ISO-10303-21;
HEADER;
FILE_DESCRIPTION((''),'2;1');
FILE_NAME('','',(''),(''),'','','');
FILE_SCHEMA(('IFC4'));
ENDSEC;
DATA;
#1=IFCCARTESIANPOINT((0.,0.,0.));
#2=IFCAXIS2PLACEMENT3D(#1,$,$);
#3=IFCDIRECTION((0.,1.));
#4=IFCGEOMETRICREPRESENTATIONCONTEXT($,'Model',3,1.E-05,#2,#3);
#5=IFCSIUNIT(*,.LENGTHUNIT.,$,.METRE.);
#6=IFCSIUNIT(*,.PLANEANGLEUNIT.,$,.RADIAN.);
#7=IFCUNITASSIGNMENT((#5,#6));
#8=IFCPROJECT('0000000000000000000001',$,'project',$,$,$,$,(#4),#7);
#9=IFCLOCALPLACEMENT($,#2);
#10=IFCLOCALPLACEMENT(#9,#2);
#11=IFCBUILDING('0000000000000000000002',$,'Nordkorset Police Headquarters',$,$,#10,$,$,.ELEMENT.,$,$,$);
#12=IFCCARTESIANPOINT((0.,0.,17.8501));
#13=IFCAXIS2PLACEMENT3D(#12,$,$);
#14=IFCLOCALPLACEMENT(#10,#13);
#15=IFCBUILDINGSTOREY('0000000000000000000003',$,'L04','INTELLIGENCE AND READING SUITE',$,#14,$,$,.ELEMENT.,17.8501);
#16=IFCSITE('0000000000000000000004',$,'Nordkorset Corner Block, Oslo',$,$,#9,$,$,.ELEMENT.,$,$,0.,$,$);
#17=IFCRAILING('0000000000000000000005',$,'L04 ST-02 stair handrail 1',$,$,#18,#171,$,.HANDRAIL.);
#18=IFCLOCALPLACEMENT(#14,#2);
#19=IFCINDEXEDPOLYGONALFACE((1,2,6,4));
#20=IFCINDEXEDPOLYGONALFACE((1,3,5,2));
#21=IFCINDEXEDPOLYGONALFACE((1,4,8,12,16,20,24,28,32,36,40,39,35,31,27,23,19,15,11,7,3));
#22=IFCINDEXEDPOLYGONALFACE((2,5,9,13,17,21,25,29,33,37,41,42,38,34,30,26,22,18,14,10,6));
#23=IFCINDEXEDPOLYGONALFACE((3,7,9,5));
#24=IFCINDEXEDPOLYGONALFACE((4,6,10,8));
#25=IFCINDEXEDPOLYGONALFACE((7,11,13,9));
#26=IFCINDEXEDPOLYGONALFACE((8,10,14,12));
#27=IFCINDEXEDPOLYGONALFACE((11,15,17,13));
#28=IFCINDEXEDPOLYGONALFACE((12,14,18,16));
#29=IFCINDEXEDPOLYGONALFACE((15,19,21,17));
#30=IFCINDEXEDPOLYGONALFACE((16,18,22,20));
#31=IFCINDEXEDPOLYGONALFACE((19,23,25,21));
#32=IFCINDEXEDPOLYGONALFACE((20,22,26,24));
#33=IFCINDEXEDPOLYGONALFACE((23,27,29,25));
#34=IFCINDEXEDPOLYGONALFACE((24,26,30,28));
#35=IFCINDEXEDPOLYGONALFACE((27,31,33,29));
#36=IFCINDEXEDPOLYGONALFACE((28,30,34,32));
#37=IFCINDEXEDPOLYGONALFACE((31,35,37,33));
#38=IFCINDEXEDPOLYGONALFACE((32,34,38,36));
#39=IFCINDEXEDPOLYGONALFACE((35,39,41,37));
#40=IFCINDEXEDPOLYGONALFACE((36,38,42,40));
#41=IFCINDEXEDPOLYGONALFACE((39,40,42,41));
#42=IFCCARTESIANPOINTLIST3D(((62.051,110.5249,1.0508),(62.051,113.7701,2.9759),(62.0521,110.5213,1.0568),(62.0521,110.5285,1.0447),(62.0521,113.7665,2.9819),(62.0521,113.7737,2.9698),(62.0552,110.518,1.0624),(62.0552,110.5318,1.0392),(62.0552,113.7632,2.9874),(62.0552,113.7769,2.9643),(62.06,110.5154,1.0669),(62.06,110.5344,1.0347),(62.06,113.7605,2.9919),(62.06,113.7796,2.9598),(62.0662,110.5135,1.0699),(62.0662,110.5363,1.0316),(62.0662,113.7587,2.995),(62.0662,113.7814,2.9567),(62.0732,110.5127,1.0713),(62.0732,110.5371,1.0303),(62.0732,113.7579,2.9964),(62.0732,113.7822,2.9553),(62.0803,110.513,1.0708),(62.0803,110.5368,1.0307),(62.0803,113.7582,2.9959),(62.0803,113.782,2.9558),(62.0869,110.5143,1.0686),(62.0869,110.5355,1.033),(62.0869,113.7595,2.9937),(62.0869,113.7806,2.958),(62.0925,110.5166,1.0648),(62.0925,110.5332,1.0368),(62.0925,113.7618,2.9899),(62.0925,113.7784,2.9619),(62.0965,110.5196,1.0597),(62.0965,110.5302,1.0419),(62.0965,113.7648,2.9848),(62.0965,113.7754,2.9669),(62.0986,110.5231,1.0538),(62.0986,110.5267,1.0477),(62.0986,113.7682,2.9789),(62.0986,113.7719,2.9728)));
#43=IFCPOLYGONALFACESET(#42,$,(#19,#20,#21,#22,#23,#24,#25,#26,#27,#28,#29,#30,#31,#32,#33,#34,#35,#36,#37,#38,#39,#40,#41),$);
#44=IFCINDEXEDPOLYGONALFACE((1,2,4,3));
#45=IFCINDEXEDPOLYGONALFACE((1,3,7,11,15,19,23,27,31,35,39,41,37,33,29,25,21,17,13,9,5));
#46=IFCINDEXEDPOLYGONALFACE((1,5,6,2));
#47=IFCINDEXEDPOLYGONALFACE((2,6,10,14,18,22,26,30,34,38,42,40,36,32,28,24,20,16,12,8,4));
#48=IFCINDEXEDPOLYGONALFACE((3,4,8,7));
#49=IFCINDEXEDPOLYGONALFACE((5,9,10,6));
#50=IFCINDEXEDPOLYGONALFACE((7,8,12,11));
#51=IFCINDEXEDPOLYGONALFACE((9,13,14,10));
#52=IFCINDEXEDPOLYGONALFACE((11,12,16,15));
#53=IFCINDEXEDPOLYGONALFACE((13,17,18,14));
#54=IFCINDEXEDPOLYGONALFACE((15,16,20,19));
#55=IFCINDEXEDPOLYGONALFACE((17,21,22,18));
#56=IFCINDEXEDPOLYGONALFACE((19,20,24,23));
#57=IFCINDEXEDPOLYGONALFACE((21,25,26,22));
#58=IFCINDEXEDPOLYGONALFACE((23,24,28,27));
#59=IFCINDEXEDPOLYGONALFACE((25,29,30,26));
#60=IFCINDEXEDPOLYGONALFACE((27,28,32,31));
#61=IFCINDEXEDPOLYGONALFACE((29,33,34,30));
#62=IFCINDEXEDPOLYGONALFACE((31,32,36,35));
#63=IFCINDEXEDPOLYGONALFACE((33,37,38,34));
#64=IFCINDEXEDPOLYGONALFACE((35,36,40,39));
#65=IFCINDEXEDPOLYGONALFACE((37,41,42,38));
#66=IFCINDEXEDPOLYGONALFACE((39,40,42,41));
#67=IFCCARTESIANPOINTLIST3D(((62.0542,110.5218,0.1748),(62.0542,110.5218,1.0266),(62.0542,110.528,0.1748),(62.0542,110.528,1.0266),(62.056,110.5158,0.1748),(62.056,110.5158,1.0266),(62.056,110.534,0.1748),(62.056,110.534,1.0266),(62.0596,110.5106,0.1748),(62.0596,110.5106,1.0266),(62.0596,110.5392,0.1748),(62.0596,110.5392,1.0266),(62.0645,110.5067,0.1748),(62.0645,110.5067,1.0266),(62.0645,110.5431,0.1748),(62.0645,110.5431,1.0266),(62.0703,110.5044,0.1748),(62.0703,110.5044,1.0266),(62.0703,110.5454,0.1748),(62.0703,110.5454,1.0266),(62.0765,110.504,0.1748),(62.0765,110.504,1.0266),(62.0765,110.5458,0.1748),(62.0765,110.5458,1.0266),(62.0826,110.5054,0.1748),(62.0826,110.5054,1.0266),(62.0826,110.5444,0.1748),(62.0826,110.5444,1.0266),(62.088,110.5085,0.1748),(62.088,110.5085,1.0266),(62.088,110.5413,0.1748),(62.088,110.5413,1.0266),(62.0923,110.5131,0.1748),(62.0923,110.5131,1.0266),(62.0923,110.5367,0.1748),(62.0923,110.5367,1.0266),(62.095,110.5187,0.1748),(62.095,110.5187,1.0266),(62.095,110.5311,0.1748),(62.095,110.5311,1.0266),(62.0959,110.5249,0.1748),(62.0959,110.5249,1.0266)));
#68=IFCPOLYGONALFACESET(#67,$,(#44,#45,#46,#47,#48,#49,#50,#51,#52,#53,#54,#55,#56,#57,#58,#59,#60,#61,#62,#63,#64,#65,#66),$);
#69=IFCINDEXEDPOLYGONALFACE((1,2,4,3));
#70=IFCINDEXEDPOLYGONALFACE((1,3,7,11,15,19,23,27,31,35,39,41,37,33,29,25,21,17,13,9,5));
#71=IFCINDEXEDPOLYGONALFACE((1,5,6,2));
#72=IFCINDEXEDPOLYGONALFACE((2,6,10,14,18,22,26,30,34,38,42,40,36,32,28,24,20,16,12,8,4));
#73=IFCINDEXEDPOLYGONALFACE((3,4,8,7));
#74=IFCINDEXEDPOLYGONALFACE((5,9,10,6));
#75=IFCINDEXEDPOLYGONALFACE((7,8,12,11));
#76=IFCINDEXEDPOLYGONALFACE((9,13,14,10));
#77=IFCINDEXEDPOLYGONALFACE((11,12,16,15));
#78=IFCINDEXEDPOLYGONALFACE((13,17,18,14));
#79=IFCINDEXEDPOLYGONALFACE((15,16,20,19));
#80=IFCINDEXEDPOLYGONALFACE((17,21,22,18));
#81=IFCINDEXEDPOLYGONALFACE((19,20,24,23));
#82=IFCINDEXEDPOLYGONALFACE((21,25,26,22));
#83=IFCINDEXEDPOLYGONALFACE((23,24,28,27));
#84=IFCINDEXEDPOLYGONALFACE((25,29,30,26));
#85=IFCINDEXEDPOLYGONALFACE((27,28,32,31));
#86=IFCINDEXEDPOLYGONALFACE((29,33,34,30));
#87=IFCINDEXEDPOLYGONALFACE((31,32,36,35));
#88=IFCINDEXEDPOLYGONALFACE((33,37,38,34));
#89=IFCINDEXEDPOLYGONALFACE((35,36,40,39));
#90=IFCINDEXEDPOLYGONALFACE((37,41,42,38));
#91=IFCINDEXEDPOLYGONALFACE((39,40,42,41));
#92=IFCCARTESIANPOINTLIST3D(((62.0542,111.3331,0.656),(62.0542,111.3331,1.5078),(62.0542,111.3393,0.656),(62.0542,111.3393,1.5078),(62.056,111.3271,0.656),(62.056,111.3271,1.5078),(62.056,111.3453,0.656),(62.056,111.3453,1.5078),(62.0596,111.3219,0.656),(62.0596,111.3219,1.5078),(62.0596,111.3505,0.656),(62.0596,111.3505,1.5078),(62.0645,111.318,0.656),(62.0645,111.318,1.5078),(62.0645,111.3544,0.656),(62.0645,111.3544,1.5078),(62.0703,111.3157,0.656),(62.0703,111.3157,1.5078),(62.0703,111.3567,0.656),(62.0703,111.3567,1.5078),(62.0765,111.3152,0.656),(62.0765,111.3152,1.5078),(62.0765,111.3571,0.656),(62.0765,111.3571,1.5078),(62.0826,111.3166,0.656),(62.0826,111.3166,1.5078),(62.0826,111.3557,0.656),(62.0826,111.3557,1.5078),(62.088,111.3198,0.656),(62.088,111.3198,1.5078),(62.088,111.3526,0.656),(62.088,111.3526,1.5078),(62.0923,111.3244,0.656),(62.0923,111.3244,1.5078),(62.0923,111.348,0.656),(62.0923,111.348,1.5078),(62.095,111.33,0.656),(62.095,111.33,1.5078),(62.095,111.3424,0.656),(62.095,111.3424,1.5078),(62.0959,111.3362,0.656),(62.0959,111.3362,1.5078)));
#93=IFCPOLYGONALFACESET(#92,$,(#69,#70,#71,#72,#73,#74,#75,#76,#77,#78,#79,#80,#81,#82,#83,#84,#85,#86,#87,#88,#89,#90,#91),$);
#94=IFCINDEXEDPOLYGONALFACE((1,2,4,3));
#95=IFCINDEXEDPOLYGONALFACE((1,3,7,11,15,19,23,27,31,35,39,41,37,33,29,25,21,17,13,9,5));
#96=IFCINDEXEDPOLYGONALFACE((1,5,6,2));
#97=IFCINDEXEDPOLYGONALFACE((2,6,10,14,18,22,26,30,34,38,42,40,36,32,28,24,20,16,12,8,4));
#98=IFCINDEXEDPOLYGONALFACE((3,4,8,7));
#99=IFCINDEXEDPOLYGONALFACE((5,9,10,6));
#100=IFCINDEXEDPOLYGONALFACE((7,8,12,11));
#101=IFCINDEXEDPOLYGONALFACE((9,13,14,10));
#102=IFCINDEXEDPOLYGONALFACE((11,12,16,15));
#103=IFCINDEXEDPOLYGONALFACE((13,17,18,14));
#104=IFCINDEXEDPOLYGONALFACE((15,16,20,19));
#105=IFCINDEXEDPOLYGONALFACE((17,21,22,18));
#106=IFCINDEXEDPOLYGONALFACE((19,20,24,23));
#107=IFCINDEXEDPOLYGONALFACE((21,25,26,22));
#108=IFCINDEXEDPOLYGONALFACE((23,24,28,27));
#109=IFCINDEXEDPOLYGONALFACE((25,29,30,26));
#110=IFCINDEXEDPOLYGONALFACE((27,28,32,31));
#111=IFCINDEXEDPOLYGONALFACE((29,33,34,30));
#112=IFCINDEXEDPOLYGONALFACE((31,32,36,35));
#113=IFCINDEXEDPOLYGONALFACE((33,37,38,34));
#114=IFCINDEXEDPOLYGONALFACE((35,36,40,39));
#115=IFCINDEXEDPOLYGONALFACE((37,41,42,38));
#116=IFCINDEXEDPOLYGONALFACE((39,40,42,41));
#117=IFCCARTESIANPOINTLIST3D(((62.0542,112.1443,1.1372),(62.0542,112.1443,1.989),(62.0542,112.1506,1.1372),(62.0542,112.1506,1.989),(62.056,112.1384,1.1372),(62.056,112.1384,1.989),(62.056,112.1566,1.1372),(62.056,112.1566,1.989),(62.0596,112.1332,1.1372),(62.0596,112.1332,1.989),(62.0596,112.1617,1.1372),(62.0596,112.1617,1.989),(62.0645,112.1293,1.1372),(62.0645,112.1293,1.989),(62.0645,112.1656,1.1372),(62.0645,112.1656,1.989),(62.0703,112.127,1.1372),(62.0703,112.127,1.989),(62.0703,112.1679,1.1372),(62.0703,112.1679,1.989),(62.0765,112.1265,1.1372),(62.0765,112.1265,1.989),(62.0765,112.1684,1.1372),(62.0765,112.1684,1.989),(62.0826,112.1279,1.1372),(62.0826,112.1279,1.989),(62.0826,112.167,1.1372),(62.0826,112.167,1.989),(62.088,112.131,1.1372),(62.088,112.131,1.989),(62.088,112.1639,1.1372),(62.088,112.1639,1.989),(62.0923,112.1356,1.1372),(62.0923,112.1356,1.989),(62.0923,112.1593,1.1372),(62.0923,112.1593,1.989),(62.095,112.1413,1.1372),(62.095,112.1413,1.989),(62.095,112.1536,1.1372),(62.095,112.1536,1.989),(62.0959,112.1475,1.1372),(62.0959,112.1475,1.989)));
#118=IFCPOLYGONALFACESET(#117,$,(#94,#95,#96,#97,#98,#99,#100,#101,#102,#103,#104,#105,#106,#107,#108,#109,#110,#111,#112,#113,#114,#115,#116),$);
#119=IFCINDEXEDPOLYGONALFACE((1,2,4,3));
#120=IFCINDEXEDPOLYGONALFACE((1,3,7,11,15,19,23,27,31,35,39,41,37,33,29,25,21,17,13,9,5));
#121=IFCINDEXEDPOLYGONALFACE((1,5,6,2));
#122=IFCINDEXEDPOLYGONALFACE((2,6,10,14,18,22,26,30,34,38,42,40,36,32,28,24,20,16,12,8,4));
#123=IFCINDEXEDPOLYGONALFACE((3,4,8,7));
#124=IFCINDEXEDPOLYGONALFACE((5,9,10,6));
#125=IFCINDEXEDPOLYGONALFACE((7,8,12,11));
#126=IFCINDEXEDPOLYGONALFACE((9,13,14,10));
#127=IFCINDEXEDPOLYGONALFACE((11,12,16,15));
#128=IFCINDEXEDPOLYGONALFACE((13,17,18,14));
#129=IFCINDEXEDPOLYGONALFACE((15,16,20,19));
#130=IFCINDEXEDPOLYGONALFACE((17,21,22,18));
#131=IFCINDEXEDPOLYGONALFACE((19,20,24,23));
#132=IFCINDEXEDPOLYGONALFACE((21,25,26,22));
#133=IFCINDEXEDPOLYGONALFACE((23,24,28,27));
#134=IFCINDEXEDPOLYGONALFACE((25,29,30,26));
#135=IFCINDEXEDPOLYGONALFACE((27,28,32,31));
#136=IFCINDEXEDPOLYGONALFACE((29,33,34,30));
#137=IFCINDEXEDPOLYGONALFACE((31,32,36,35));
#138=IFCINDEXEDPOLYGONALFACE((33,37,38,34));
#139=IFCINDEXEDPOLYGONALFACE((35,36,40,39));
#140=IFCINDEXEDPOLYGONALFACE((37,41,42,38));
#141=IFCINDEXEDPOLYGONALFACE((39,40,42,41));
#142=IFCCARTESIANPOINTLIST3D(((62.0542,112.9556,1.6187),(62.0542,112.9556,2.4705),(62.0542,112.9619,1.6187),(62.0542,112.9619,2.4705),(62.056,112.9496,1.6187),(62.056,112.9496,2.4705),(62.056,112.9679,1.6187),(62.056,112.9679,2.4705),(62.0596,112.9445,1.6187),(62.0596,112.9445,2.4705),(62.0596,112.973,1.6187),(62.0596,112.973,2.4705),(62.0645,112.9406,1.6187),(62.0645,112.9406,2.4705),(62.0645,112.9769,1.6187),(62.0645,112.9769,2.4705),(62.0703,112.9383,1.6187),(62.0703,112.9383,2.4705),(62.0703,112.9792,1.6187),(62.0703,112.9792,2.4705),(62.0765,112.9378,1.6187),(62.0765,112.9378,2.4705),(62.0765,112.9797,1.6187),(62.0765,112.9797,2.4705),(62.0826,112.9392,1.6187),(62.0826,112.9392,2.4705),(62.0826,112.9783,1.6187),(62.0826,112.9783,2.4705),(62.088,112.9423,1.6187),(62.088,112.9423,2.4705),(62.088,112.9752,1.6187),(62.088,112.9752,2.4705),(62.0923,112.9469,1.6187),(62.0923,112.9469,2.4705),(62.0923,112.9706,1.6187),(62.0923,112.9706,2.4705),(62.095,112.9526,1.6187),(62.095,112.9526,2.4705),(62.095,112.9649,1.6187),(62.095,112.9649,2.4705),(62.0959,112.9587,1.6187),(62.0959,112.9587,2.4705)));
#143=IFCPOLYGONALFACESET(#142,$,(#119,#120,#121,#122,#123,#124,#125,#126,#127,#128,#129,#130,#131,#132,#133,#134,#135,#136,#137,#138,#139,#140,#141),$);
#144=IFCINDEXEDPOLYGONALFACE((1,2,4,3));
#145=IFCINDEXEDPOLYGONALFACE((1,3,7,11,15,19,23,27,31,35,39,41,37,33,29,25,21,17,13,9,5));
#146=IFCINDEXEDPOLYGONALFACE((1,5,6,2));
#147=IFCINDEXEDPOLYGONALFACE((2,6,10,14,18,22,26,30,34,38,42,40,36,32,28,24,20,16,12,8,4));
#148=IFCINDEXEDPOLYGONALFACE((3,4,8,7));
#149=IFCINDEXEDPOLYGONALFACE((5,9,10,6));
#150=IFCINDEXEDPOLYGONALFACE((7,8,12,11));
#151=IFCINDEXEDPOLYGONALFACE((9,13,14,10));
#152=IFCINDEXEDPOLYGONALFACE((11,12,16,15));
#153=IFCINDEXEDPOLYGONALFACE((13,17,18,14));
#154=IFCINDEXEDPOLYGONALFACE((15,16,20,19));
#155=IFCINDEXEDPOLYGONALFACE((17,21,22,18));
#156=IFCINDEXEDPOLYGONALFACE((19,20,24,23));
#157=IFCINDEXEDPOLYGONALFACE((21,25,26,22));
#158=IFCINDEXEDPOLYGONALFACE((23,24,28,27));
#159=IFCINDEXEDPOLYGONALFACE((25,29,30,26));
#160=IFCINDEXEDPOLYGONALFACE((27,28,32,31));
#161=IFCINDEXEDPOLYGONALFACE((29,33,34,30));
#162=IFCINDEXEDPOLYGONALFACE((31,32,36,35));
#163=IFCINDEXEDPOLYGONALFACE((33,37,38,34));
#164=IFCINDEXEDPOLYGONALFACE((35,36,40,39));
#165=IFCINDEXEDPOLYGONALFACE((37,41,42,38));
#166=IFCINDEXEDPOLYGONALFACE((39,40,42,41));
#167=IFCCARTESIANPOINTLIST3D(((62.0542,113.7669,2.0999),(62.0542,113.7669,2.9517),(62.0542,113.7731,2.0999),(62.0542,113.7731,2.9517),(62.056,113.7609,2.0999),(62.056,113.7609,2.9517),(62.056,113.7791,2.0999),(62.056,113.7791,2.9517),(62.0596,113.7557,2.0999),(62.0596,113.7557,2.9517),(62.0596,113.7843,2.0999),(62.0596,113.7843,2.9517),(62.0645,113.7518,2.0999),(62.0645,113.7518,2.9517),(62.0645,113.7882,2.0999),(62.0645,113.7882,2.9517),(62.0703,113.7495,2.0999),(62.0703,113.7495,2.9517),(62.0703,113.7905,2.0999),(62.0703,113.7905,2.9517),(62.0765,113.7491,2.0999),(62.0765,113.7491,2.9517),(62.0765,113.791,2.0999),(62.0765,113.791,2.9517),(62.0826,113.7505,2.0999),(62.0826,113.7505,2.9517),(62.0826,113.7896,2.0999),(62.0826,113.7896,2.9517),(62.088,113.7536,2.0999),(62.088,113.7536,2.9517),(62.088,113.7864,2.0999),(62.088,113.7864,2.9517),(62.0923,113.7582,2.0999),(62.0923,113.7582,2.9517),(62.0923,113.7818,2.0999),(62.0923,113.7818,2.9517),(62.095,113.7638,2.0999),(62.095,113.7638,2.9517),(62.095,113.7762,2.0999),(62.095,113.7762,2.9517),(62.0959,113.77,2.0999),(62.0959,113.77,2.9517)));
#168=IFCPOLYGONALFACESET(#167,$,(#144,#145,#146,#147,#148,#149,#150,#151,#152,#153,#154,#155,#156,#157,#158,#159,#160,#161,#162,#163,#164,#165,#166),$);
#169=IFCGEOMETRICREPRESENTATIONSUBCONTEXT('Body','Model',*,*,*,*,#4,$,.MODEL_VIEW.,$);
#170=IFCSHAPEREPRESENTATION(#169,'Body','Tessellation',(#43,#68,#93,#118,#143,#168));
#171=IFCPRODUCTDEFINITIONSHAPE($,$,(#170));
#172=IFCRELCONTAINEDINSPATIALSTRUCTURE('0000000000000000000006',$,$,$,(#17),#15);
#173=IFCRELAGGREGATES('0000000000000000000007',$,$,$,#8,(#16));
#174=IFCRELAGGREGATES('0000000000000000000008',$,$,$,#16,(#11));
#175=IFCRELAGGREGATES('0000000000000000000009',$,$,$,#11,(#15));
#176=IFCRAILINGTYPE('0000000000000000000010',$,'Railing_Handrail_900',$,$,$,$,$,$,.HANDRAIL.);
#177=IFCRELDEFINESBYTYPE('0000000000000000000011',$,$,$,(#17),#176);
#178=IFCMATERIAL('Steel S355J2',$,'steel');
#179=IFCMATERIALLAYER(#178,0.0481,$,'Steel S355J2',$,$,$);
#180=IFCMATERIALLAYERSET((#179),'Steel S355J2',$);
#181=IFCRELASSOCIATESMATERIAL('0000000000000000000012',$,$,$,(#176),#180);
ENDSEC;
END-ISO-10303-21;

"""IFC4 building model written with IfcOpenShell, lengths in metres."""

from ifc_helpers import new_model, si_unit, direction, frame, origin, origin_2d, place, context, subcontext, project, spatial, circle, extrude, material, layer, layer_set, type_object, element, save


model = new_model("IFC4")

# Units and contexts
model_context = context("Model", 3, precision=1e-05, world=origin(), true_north=direction((0.0, 1.0)))
body_context = subcontext(model_context, "Body", "Model", "MODEL_VIEW")
ifc_project = project(units=[si_unit("LENGTHUNIT", "METRE"), si_unit("PLANEANGLEUNIT", "RADIAN")], contexts=[model_context])

# Site, building, storey
site_placement = place(None, origin())
site = spatial("IfcSite", under=ifc_project, at=site_placement, Name="Nordkorset Corner Block, Oslo", CompositionType="ELEMENT", RefElevation=0.0)
building_placement = place(site_placement, origin())
building = spatial("IfcBuilding", under=site, at=building_placement, Name="Nordkorset Police Headquarters", CompositionType="ELEMENT")
storey_placement = place(building_placement, frame((0.0, 0.0, 17.8501)))
storey = spatial("IfcBuildingStorey", under=building, at=storey_placement, Name="L04", Description="INTELLIGENCE AND READING SUITE", CompositionType="ELEMENT", Elevation=17.8501)

# Railing
ifc_material_1 = material(Name="Steel S355J2", Category="steel")
ifc_layer_1 = layer(ifc_material_1, 0.0481, Name="Steel S355J2")
ifc_layer_set_1 = layer_set([ifc_layer_1], Name="Steel S355J2")
railing_type_1 = type_object("IfcRailingType", Name="Railing_Handrail_900", PredefinedType="HANDRAIL", material=ifc_layer_set_1)
railing_1_placement = place(storey_placement, frame((62.075, 110.5249, 0.1748)))
element("IfcRailing", 1, at=railing_1_placement, inside=storey, type_object=railing_type_1, Name="L04 ST-02 stair handrail 1", PredefinedType="HANDRAIL", context=body_context, shape_type="SweptSolid", body=[
    extrude(circle(Radius=0.0239, at=origin_2d()), frame((0.0, 0.0, 0.876), z_axis=(0.0, 0.860057, 0.510198), x_axis=(-1.0, 0.0, 0.0)), (0.0, 0.0, 1.0), 3.7732),
    extrude(circle(Radius=0.021, at=origin_2d()), origin(), (0.0, 0.0, 1.0), 0.8518),
    extrude(circle(Radius=0.021, at=origin_2d()), frame((0.0, 0.8113, 0.4812)), (0.0, 0.0, 1.0), 0.8518),
    extrude(circle(Radius=0.021, at=origin_2d()), frame((0.0, 1.6226, 0.9624)), (0.0, 0.0, 1.0), 0.8518),
    extrude(circle(Radius=0.021, at=origin_2d()), frame((0.0, 2.4338, 1.4438)), (0.0, 0.0, 1.0), 0.8518),
    extrude(circle(Radius=0.021, at=origin_2d()), frame((0.0, 3.2451, 1.925)), (0.0, 0.0, 1.0), 0.8518),
])

save(model, "model.ifc")
